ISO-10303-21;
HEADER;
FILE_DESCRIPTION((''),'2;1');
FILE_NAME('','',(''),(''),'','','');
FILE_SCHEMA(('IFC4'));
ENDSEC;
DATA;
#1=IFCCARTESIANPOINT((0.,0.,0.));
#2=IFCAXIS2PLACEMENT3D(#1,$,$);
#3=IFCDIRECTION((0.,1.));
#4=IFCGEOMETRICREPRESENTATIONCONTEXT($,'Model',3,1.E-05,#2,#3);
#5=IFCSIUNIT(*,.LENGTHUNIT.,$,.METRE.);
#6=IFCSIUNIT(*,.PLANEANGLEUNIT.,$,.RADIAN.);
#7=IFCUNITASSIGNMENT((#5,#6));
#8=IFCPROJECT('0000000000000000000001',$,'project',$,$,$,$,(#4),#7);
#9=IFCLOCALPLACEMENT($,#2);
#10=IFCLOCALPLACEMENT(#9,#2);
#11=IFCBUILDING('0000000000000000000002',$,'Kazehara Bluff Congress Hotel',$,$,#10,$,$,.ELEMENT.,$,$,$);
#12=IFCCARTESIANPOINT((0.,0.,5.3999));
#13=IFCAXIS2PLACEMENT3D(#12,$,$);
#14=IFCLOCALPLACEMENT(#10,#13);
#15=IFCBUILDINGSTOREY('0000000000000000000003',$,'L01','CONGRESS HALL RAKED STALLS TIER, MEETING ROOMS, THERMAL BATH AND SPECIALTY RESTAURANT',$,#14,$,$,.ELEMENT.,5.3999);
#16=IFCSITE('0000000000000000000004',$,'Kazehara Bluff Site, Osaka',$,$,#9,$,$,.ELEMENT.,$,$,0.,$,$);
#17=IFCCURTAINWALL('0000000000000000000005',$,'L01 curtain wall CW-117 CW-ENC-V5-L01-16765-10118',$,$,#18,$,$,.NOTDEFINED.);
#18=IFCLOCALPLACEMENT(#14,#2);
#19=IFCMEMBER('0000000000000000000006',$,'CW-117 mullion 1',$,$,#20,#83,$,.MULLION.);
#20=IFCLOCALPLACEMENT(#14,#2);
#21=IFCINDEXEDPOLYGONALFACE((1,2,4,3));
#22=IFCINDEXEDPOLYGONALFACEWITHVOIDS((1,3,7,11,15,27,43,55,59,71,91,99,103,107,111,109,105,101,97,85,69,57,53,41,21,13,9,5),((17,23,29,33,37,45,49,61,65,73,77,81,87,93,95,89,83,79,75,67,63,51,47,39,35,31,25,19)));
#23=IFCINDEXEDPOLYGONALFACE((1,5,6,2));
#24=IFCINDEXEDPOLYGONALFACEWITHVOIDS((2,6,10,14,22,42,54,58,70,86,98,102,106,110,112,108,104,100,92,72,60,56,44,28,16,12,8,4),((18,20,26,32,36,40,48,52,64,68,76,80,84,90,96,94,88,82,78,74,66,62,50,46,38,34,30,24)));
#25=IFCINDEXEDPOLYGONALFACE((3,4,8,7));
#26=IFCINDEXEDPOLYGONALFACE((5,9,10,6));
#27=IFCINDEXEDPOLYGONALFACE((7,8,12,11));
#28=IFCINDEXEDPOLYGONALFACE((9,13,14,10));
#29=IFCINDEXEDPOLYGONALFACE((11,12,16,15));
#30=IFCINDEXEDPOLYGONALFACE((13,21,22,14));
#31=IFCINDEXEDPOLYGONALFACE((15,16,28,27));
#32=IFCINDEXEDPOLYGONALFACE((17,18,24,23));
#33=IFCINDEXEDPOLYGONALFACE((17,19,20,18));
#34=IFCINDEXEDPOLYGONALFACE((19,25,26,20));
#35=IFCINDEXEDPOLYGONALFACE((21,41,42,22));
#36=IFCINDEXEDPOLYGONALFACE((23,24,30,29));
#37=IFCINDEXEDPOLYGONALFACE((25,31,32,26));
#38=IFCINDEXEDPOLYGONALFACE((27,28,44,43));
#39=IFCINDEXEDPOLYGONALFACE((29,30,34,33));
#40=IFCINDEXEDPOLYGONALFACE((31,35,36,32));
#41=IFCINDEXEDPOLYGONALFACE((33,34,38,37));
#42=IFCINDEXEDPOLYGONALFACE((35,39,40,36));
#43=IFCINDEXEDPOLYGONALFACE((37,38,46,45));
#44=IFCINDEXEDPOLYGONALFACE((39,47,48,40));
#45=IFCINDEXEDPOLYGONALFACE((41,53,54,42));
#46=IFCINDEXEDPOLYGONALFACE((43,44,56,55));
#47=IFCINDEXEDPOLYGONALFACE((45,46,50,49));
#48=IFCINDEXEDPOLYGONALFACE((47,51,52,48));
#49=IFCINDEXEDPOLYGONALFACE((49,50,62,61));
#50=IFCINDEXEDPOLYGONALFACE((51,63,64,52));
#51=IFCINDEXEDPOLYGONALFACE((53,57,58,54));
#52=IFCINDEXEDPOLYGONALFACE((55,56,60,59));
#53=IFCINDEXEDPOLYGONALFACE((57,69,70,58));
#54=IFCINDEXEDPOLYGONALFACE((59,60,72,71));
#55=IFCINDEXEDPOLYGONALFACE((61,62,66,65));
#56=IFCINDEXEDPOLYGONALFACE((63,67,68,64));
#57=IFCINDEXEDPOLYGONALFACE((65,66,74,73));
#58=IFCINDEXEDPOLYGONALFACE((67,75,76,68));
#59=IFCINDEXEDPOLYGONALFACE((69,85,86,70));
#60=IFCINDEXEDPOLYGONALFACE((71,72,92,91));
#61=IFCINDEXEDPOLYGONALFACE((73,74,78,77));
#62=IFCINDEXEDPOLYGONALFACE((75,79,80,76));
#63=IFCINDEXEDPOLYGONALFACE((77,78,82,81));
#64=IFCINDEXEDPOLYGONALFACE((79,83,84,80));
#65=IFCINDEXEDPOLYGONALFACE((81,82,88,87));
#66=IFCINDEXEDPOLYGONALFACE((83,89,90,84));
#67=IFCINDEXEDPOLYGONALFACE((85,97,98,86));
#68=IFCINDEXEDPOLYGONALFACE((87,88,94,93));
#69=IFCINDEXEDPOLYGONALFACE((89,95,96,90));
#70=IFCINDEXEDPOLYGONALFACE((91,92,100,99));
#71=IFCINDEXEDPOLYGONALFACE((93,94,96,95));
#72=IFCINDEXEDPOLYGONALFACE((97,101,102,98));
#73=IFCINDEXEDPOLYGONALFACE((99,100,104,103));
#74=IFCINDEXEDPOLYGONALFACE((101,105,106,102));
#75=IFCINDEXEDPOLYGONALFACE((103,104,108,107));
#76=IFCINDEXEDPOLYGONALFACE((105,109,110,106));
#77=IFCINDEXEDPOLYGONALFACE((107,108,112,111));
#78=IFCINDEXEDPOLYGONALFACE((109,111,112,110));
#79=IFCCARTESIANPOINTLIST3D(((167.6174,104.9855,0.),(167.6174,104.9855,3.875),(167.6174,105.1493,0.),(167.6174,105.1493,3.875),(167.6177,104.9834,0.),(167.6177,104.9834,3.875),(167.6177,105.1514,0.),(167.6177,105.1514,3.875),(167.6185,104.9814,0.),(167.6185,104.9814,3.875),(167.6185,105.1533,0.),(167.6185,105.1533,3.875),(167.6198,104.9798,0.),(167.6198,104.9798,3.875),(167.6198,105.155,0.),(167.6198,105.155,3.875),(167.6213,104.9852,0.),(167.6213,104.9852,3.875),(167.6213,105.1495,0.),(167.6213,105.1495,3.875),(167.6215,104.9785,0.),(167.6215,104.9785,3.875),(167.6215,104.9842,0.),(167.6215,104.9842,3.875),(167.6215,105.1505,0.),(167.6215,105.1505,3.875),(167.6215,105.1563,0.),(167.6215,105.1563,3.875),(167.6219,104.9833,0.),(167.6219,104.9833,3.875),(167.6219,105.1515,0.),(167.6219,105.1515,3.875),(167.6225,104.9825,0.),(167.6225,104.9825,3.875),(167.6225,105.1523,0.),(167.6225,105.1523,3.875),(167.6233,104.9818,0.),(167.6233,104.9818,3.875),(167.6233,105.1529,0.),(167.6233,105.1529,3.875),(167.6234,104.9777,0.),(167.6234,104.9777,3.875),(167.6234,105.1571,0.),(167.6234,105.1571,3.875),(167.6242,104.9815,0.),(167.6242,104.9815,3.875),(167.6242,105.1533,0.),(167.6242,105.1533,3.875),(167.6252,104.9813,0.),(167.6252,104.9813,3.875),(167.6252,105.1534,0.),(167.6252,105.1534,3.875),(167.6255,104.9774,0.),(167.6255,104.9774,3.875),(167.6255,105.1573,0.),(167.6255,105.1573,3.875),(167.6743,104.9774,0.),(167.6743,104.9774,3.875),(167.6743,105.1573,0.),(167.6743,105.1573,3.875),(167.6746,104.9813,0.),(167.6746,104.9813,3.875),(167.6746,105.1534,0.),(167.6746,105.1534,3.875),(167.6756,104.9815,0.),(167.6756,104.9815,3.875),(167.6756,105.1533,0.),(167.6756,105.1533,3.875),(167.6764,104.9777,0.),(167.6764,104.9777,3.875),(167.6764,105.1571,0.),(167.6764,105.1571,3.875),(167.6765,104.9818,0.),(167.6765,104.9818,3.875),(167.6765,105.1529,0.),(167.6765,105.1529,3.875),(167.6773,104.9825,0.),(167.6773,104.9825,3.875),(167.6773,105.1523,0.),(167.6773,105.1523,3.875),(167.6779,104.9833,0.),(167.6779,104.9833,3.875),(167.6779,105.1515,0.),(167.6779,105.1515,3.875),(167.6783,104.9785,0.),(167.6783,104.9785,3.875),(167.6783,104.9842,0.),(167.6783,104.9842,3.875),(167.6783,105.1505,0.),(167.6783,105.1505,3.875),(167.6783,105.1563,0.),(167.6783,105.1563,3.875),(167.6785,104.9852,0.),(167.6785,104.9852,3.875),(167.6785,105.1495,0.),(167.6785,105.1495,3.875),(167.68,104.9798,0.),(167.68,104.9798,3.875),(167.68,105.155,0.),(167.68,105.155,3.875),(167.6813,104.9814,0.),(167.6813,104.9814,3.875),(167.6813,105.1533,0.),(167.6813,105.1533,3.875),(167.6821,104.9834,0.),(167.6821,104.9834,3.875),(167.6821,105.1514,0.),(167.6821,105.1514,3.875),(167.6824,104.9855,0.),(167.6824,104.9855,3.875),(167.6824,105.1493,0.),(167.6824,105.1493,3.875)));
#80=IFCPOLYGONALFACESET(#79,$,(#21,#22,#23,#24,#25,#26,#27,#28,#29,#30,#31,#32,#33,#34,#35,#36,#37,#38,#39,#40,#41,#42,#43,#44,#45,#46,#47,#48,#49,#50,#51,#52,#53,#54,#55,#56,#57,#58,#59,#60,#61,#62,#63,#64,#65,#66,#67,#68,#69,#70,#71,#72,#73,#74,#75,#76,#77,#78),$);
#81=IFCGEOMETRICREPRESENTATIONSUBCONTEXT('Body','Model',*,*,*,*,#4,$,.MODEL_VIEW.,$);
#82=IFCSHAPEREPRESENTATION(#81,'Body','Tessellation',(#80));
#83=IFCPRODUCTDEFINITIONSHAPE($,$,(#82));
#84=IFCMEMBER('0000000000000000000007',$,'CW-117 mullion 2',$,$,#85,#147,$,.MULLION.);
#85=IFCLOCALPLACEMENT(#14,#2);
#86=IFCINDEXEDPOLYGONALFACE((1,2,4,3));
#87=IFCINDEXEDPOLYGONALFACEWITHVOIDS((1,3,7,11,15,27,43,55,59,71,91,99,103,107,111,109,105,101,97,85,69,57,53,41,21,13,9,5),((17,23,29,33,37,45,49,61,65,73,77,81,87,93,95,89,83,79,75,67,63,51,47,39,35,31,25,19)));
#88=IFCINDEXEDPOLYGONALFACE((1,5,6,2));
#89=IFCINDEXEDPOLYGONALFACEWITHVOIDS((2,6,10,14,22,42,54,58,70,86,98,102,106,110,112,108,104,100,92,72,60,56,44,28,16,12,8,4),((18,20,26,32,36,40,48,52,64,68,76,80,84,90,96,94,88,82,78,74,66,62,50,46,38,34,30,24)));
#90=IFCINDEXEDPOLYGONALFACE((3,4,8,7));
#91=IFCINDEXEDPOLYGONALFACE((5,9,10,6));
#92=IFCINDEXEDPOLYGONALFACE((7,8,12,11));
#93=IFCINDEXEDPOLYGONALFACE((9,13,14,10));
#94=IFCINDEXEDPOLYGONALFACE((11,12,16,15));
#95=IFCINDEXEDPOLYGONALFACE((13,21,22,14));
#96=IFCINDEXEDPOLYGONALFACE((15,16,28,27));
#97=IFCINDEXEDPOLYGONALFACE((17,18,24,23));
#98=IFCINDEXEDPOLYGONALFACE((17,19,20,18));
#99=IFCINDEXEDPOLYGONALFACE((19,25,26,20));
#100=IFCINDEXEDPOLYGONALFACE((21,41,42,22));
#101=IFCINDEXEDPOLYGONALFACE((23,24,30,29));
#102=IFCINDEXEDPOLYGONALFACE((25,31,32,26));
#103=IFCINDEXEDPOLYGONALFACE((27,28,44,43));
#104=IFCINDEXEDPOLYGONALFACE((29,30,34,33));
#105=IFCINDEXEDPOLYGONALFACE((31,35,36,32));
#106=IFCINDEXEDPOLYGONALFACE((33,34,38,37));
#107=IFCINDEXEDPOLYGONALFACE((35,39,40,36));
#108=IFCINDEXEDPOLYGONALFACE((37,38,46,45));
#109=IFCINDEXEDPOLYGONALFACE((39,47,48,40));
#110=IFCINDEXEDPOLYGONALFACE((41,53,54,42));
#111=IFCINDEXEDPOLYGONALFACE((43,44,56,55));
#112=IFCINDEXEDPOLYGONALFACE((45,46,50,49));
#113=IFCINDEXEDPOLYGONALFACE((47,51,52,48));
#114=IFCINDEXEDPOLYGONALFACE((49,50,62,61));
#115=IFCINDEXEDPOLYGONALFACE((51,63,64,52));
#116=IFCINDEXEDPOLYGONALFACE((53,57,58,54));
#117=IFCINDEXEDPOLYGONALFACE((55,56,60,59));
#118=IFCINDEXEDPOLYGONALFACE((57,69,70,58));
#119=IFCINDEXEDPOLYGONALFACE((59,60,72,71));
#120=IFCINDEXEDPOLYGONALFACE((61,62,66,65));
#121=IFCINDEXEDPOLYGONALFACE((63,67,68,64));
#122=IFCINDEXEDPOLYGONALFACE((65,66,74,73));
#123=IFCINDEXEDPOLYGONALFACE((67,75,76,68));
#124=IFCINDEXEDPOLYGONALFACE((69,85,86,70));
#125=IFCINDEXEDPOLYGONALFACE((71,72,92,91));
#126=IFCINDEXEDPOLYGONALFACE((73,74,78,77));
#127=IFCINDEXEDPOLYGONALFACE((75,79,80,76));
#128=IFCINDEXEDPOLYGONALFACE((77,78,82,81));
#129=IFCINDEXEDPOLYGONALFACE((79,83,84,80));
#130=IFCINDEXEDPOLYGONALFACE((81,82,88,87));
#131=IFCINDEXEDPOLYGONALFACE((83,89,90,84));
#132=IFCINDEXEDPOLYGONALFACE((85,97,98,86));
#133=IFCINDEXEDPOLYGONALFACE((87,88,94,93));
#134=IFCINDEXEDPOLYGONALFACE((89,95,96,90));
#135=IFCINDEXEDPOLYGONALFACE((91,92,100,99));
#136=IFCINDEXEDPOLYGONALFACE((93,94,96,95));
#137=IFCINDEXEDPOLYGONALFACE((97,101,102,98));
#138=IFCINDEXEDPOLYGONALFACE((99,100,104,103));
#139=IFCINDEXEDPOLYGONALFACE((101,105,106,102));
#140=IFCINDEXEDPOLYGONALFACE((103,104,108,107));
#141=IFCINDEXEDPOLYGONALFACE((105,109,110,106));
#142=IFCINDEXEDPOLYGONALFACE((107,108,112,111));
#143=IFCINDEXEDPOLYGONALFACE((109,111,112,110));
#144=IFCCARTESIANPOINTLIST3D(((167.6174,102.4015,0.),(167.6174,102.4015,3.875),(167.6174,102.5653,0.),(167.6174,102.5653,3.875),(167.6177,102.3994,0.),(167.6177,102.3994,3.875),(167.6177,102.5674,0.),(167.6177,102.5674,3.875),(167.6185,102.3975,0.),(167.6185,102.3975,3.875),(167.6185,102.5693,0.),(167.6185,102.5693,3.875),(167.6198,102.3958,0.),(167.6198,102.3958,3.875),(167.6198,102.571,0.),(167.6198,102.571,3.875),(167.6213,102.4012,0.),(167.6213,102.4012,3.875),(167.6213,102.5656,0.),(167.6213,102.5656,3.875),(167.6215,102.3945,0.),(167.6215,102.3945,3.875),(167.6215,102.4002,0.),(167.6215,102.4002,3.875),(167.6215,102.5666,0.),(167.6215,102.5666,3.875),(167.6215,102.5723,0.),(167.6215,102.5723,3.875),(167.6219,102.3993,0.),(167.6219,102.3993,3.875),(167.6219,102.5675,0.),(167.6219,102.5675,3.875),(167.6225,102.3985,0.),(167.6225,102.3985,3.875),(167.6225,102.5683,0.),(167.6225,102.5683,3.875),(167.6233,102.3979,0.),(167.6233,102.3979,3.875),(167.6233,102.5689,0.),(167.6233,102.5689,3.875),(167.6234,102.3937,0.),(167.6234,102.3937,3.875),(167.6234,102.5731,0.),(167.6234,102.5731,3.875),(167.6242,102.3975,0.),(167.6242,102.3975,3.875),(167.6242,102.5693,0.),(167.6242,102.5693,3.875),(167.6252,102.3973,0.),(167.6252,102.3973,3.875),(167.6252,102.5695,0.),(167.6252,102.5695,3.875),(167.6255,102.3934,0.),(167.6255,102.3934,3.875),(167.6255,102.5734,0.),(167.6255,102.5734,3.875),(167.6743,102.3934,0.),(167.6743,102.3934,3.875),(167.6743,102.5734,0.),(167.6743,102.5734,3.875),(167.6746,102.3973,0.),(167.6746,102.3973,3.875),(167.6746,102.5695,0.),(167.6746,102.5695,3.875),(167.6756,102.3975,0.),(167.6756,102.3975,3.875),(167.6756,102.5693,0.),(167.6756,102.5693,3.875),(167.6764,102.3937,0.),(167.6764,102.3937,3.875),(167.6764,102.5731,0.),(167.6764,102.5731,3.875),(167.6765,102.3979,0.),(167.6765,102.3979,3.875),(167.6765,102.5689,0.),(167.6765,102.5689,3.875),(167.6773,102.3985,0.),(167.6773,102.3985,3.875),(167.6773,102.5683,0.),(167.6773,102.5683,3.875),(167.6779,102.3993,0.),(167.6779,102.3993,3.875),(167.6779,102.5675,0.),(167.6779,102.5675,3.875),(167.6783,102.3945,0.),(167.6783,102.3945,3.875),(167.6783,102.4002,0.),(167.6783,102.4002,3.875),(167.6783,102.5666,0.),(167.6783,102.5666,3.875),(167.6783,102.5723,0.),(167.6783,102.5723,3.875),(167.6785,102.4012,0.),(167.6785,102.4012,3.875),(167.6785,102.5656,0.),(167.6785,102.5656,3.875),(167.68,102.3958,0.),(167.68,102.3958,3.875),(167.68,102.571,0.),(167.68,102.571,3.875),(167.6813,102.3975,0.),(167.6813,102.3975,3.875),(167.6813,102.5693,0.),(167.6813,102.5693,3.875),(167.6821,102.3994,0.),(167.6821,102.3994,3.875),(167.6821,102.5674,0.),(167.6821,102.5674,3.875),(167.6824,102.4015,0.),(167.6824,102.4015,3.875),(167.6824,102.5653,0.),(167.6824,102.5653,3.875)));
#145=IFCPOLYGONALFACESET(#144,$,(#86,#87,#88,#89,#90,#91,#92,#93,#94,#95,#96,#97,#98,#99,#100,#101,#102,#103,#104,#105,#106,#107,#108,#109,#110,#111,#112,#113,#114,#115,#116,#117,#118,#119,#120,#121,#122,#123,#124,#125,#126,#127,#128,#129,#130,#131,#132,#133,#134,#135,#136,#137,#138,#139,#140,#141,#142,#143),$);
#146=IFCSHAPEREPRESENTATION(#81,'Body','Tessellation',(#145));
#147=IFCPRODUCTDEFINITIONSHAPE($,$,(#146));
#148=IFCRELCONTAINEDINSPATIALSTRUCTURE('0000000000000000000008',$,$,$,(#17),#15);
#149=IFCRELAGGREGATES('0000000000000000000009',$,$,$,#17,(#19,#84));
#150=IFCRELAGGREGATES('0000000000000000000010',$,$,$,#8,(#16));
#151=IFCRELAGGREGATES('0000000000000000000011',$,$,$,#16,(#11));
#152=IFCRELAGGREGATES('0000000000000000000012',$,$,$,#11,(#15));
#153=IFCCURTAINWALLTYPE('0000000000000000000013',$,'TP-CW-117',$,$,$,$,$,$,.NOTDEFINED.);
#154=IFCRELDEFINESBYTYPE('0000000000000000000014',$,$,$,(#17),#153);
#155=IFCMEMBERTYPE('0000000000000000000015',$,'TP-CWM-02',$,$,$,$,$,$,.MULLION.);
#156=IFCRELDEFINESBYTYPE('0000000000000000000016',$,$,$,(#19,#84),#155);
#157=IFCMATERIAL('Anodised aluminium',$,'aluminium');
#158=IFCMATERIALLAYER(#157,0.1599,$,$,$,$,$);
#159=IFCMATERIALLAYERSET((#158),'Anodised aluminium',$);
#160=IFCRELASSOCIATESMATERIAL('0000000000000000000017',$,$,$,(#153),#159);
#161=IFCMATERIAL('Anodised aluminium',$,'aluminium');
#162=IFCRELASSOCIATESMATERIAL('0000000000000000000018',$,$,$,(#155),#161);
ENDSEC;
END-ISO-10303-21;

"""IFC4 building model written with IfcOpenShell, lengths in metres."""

from ifc_helpers import new_model, si_unit, direction, frame, origin, origin_2d, place, context, subcontext, project, spatial, hollow_rectangle, extrude, material, layer, layer_set, material_profile, profile_set, type_object, element, aggregate, save


model = new_model("IFC4")

# Units and contexts
model_context = context("Model", 3, precision=1e-05, world=origin(), true_north=direction((0.0, 1.0)))
body_context = subcontext(model_context, "Body", "Model", "MODEL_VIEW")
ifc_project = project(units=[si_unit("LENGTHUNIT", "METRE"), si_unit("PLANEANGLEUNIT", "RADIAN")], contexts=[model_context])

# Site, building, storey
site_placement = place(None, origin())
site = spatial("IfcSite", under=ifc_project, at=site_placement, Name="Kazehara Bluff Site, Osaka", CompositionType="ELEMENT", RefElevation=0.0)
building_placement = place(site_placement, origin())
building = spatial("IfcBuilding", under=site, at=building_placement, Name="Kazehara Bluff Congress Hotel", CompositionType="ELEMENT")
storey_placement = place(building_placement, frame((0.0, 0.0, 5.3999)))
storey = spatial("IfcBuildingStorey", under=building, at=storey_placement, Name="L01", Description="CONGRESS HALL RAKED STALLS TIER, MEETING ROOMS, THERMAL BATH AND SPECIALTY RESTAURANT", CompositionType="ELEMENT", Elevation=5.3999)

# Curtain wall, members
ifc_material_1 = material(Name="Anodised aluminium", Category="aluminium")
ifc_layer_1 = layer(ifc_material_1, 0.1599)
ifc_layer_set_1 = layer_set([ifc_layer_1], Name="Anodised aluminium")
curtain_wall_type_1 = type_object("IfcCurtainWallType", Name="TP-CW-117", PredefinedType="NOTDEFINED", material=ifc_layer_set_1)
curtain_wall_1_placement = place(storey_placement, origin())
curtain_wall_1 = element("IfcCurtainWall", 1, at=curtain_wall_1_placement, inside=storey, type_object=curtain_wall_type_1, Name="L01 curtain wall CW-117 CW-ENC-V5-L01-16765-10118", PredefinedType="NOTDEFINED")
ifc_material_2 = material(Name="Anodised aluminium", Category="aluminium")
ifc_material_profile_1 = material_profile(ifc_material_2, hollow_rectangle(XDim=0.0649, YDim=0.1799, WallThickness=0.0039, InnerFilletRadius=0.0039, OuterFilletRadius=0.0081, at=origin_2d()))
ifc_profile_set_1 = profile_set([ifc_material_profile_1], Name="Anodised aluminium")
member_type_1 = type_object("IfcMemberType", Name="TP-CWM-02", PredefinedType="MULLION", material=ifc_profile_set_1)
member_1_placement = place(storey_placement, frame((167.6499, 105.0674, 0.0), z_axis=(0.0, 0.0, 1.0), x_axis=(1.0, 0.0, 0.0)))
member_1 = element("IfcMember", 2, at=member_1_placement, type_object=member_type_1, Name="CW-117 mullion 1", PredefinedType="MULLION", context=body_context, shape_type="SweptSolid", body=[
    extrude(hollow_rectangle(XDim=0.0649, YDim=0.1799, WallThickness=0.0039, InnerFilletRadius=0.0039, OuterFilletRadius=0.0081, at=origin_2d()), origin(), (0.0, 0.0, 1.0), 3.875),
])
member_2_placement = place(storey_placement, frame((167.6499, 102.4834, 0.0), z_axis=(0.0, 0.0, 1.0), x_axis=(1.0, 0.0, 0.0)))
member_2 = element("IfcMember", 3, at=member_2_placement, type_object=member_type_1, Name="CW-117 mullion 2", PredefinedType="MULLION", context=body_context, shape_type="SweptSolid", body=[
    extrude(hollow_rectangle(XDim=0.0649, YDim=0.1799, WallThickness=0.0039, InnerFilletRadius=0.0039, OuterFilletRadius=0.0081, at=origin_2d()), origin(), (0.0, 0.0, 1.0), 3.875),
])

aggregate(curtain_wall_1, [member_1, member_2])

save(model, "model.ifc")
